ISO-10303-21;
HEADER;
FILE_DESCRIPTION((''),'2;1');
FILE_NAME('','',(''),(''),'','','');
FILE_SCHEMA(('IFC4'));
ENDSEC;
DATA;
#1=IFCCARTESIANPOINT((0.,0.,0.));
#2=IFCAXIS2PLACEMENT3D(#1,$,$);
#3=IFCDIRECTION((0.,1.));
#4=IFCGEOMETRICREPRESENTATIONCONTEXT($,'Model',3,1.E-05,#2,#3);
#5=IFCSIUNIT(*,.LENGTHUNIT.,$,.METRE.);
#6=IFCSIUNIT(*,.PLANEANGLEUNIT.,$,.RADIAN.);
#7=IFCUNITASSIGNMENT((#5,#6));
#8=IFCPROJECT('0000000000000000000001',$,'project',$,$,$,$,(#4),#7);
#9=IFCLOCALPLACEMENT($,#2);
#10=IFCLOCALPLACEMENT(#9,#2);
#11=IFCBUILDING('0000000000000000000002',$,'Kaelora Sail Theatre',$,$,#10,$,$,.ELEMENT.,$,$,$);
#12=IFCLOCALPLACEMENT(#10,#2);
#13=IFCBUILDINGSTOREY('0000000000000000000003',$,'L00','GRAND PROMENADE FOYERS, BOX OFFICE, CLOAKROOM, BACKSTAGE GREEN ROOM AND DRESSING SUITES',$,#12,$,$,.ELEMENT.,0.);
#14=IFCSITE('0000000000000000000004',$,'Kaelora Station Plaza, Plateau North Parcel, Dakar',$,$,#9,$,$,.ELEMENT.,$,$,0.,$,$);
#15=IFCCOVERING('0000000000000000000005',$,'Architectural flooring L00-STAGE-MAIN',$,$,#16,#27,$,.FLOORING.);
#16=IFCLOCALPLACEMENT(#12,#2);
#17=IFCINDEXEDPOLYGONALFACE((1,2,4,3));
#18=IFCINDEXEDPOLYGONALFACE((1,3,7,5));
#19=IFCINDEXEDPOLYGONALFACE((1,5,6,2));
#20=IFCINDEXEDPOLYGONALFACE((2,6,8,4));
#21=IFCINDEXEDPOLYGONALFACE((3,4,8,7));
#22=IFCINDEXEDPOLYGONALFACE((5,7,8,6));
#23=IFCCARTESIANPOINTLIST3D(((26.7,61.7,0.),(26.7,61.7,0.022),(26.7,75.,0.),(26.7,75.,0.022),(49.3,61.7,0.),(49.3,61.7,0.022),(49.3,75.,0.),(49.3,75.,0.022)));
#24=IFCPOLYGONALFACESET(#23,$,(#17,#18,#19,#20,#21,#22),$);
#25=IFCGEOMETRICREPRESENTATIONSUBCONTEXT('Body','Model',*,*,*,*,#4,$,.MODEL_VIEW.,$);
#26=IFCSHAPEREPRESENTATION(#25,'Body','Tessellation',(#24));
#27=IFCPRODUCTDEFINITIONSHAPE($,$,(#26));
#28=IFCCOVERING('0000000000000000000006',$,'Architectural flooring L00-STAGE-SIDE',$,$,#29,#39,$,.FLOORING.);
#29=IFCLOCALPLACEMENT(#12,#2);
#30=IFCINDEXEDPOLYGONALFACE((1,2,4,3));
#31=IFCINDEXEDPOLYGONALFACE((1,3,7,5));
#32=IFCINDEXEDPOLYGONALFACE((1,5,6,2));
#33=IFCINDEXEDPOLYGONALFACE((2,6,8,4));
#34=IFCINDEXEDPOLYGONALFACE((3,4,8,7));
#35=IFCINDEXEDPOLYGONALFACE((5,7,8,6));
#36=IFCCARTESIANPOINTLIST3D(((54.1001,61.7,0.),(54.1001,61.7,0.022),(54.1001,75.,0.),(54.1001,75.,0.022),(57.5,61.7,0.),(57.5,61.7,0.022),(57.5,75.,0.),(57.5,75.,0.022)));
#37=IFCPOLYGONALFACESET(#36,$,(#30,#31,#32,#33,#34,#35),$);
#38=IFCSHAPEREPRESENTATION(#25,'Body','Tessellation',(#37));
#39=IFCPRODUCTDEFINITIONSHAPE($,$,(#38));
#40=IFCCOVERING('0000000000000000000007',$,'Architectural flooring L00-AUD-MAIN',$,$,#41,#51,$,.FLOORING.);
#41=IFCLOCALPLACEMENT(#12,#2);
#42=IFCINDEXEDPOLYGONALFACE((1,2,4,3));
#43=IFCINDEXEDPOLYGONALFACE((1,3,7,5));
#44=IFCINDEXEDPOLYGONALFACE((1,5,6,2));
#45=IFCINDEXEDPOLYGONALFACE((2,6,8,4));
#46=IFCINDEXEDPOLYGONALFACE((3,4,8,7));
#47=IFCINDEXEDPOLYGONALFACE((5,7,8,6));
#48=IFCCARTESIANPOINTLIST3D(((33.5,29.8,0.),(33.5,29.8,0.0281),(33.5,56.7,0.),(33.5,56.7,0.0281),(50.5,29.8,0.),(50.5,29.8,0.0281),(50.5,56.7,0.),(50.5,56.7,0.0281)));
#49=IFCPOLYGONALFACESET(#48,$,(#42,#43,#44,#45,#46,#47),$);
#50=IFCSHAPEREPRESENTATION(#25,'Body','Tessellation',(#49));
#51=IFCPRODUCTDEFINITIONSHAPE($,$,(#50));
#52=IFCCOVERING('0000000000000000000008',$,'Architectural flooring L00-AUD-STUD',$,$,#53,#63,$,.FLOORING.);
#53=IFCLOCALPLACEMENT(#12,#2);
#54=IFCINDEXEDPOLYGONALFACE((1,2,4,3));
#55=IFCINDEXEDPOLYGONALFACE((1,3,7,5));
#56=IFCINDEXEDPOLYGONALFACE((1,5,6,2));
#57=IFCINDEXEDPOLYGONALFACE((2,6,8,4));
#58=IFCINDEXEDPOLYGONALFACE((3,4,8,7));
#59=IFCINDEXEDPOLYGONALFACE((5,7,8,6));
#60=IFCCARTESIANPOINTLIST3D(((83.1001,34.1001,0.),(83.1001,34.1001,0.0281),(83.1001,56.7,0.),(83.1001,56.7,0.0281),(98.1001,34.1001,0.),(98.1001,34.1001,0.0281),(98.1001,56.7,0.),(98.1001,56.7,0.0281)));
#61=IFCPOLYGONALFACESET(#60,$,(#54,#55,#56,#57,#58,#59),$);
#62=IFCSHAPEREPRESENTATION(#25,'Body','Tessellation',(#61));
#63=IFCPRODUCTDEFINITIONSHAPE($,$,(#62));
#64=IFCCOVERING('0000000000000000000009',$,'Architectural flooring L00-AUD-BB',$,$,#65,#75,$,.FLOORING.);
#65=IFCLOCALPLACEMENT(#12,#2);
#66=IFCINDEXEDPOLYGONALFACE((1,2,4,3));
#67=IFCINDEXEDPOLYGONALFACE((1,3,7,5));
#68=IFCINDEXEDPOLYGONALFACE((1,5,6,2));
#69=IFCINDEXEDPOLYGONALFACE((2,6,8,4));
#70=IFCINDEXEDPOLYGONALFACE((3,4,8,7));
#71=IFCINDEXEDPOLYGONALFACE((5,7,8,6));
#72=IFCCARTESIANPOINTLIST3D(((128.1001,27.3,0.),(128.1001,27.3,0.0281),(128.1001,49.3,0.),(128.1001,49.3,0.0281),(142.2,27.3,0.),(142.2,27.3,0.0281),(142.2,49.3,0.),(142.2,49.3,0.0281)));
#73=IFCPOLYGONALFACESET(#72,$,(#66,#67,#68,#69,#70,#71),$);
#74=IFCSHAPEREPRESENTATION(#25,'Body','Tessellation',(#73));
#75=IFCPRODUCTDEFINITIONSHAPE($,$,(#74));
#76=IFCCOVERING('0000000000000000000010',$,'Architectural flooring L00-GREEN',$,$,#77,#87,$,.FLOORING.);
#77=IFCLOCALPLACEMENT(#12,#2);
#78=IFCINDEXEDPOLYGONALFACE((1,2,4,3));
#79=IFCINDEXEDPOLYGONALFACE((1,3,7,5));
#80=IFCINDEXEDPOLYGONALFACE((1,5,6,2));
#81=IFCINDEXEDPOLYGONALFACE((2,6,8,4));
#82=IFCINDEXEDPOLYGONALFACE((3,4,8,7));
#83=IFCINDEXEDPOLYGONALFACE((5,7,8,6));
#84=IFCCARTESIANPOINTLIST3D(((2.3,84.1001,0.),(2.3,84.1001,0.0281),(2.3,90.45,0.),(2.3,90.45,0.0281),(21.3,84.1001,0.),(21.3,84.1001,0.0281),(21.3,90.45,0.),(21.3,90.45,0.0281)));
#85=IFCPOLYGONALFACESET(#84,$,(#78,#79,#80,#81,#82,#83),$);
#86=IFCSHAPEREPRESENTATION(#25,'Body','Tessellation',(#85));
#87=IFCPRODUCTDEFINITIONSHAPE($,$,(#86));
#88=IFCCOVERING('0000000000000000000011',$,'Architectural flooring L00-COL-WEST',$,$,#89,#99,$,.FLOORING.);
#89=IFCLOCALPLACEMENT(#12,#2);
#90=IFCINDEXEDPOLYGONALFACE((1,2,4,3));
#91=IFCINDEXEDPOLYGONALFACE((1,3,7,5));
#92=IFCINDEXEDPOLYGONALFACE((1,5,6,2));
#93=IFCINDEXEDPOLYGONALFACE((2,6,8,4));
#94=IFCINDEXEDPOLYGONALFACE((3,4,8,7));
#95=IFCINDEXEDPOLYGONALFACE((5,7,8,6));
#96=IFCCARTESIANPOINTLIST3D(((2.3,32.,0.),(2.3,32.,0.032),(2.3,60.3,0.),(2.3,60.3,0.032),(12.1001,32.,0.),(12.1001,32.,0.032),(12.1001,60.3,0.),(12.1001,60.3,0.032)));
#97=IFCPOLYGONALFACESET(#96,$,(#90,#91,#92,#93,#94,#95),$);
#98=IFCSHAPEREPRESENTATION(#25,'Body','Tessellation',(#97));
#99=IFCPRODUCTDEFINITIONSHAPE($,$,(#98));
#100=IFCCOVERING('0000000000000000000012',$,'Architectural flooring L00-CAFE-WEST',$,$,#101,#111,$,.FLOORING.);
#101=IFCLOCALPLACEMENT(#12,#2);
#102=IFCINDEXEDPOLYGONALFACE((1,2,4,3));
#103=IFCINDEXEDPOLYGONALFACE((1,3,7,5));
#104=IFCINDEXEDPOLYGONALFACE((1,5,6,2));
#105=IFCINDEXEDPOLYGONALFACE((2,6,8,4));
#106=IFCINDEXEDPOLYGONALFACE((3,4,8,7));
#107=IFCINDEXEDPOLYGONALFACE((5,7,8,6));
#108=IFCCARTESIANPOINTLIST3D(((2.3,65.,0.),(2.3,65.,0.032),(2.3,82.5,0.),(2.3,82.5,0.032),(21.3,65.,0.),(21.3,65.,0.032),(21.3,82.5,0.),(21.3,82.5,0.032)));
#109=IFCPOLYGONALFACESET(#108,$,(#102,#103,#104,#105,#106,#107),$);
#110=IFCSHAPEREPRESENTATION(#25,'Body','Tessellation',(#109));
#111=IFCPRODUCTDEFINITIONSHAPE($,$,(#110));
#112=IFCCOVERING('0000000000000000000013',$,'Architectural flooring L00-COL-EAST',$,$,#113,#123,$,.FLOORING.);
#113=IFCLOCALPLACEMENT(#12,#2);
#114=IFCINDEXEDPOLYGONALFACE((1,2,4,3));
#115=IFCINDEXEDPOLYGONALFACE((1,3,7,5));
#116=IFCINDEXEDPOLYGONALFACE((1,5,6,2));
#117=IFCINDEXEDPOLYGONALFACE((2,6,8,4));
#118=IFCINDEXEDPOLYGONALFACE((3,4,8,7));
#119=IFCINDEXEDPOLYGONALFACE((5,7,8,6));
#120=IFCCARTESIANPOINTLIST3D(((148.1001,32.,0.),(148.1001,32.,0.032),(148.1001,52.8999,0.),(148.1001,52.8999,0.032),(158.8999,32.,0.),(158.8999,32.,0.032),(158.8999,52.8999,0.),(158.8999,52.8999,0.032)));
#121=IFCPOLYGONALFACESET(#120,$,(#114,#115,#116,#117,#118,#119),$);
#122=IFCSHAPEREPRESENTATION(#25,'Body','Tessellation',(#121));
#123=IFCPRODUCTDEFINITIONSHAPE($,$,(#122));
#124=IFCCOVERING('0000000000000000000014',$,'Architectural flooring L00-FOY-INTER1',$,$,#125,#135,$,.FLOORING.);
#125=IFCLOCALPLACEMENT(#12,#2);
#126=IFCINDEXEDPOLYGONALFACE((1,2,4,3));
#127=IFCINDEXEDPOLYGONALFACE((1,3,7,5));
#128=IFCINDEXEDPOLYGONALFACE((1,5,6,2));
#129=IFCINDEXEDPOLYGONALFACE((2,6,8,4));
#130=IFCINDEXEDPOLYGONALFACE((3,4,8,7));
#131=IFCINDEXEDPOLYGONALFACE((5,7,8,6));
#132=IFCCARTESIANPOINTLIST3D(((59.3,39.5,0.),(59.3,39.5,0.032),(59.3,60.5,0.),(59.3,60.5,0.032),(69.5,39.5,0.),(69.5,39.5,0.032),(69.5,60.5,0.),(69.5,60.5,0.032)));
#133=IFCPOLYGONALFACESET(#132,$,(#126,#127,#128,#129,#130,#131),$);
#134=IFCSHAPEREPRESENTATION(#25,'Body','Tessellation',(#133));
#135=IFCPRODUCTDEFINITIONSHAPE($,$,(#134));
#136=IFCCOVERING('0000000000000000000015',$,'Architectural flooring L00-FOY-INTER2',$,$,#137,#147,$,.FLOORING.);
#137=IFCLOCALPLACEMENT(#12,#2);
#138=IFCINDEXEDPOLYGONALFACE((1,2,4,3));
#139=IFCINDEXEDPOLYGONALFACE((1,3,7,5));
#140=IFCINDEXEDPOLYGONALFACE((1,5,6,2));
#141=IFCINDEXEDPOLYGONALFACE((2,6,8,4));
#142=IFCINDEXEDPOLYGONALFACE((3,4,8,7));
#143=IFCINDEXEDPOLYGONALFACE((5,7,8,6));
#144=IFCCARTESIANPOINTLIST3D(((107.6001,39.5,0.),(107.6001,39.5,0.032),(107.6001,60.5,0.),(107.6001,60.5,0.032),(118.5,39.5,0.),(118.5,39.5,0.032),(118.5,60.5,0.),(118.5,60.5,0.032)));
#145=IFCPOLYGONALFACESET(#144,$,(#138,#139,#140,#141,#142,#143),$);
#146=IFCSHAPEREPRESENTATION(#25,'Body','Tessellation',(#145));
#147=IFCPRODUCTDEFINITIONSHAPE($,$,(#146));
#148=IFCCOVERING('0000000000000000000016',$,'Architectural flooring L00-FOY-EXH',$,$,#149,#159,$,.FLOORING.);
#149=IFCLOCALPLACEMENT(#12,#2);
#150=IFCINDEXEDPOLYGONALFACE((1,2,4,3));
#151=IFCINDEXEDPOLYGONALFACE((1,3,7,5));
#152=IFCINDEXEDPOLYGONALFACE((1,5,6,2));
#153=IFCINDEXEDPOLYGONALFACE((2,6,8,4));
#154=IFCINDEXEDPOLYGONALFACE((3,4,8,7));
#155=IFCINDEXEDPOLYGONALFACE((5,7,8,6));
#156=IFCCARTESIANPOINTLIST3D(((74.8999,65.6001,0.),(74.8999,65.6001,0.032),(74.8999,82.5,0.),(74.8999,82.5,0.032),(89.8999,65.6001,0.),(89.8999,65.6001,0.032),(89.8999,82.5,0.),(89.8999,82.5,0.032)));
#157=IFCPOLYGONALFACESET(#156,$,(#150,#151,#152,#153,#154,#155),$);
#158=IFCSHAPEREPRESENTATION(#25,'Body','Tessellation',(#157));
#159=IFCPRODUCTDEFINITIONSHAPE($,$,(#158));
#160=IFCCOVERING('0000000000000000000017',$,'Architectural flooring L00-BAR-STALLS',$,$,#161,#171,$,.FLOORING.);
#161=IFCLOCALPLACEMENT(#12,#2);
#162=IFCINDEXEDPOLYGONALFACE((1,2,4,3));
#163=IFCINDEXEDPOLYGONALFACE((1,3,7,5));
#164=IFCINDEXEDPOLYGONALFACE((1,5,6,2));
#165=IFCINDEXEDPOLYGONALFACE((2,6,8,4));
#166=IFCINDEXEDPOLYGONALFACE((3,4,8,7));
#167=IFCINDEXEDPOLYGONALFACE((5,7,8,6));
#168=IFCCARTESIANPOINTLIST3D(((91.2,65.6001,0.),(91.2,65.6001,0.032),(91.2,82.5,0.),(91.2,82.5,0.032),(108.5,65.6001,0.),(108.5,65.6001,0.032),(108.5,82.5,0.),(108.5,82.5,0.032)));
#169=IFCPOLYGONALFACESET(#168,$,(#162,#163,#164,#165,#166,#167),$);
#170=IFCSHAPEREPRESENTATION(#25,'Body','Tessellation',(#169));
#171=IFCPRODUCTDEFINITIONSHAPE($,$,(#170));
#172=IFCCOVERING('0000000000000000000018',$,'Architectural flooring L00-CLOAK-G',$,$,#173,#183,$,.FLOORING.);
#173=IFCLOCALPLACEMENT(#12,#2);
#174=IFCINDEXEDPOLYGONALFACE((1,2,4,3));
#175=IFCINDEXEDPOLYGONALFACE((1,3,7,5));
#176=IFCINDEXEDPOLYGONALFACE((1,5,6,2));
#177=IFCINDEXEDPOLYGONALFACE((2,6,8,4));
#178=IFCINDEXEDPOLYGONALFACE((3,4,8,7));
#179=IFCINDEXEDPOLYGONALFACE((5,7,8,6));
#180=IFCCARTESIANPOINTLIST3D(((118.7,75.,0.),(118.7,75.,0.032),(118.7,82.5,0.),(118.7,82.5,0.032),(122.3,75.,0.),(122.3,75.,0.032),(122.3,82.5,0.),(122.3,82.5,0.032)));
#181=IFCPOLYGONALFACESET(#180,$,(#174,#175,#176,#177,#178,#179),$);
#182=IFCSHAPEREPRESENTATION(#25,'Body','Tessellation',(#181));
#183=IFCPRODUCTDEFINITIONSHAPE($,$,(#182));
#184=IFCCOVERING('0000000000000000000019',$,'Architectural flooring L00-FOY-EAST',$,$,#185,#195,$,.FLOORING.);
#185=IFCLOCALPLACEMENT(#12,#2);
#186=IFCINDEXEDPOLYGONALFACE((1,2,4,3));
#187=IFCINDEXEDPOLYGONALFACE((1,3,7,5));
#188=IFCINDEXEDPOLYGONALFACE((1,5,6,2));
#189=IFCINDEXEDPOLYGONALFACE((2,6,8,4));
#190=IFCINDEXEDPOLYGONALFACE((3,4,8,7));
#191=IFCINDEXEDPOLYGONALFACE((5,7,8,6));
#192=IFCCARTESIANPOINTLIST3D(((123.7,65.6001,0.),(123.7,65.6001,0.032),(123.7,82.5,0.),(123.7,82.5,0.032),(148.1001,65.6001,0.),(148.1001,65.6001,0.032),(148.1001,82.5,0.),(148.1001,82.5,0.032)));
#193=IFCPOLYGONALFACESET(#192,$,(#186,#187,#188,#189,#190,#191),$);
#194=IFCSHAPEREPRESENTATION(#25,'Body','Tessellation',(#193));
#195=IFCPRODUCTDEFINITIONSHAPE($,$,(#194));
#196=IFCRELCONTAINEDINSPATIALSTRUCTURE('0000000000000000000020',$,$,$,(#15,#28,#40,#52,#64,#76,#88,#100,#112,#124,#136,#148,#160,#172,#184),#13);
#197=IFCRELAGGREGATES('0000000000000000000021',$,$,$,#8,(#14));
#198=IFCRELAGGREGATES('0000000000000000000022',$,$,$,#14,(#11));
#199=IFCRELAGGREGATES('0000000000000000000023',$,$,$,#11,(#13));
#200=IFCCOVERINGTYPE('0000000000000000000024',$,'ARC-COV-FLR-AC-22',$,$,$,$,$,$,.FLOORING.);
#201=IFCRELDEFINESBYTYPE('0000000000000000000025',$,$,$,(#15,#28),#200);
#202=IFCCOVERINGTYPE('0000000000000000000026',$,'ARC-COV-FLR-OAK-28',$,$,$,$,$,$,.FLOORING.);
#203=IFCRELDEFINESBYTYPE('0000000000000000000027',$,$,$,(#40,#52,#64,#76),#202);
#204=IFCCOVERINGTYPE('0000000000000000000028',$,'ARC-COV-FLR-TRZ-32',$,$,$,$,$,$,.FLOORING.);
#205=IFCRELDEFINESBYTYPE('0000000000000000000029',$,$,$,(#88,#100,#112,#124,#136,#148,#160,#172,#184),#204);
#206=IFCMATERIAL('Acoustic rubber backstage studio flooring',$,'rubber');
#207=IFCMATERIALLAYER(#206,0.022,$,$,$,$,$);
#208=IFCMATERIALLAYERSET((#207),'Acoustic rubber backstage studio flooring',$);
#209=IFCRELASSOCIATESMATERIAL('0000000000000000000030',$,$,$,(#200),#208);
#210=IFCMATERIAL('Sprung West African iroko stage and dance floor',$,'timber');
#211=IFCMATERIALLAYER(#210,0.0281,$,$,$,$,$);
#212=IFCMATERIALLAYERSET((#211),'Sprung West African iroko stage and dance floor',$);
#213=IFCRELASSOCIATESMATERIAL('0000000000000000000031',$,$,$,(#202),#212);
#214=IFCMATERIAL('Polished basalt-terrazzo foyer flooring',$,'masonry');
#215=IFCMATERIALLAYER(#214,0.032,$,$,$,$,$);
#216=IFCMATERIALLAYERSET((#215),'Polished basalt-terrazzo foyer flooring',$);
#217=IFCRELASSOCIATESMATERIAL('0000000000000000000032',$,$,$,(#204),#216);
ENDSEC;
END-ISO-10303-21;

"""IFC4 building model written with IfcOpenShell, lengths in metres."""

from ifc_helpers import new_model, si_unit, direction, origin, place, context, subcontext, project, spatial, polyline, outline, extrude, material, layer, layer_set, type_object, element, save


model = new_model("IFC4")

# Units and contexts
model_context = context("Model", 3, precision=1e-05, world=origin(), true_north=direction((0.0, 1.0)))
body_context = subcontext(model_context, "Body", "Model", "MODEL_VIEW")
ifc_project = project(units=[si_unit("LENGTHUNIT", "METRE"), si_unit("PLANEANGLEUNIT", "RADIAN")], contexts=[model_context])

# Site, building, storey
site_placement = place(None, origin())
site = spatial("IfcSite", under=ifc_project, at=site_placement, Name="Kaelora Station Plaza, Plateau North Parcel, Dakar", CompositionType="ELEMENT", RefElevation=0.0)
building_placement = place(site_placement, origin())
building = spatial("IfcBuilding", under=site, at=building_placement, Name="Kaelora Sail Theatre", CompositionType="ELEMENT")
storey_placement = place(building_placement, origin())
storey = spatial("IfcBuildingStorey", under=building, at=storey_placement, Name="L00", Description="GRAND PROMENADE FOYERS, BOX OFFICE, CLOAKROOM, BACKSTAGE GREEN ROOM AND DRESSING SUITES", CompositionType="ELEMENT", Elevation=0.0)

# Coverings
ifc_material_1 = material(Name="Acoustic rubber backstage studio flooring", Category="rubber")
ifc_layer_1 = layer(ifc_material_1, 0.022)
ifc_layer_set_1 = layer_set([ifc_layer_1], Name="Acoustic rubber backstage studio flooring")
covering_type_1 = type_object("IfcCoveringType", Name="ARC-COV-FLR-AC-22", PredefinedType="FLOORING", material=ifc_layer_set_1)
covering_1_placement = place(storey_placement, origin())
element("IfcCovering", 1, at=covering_1_placement, inside=storey, type_object=covering_type_1, Name="Architectural flooring L00-STAGE-MAIN", PredefinedType="FLOORING", context=body_context, shape_type="SweptSolid", body=[
    extrude(outline(polyline([(26.7, 61.7), (49.3, 61.7), (49.3, 75.0), (26.7, 75.0), (26.7, 61.7)])), origin(), (0.0, 0.0, 1.0), 0.022),
])
covering_2_placement = place(storey_placement, origin())
element("IfcCovering", 2, at=covering_2_placement, inside=storey, type_object=covering_type_1, Name="Architectural flooring L00-STAGE-SIDE", PredefinedType="FLOORING", context=body_context, shape_type="SweptSolid", body=[
    extrude(outline(polyline([(54.1001, 61.7), (57.5, 61.7), (57.5, 75.0), (54.1001, 75.0), (54.1001, 61.7)])), origin(), (0.0, 0.0, 1.0), 0.022),
])
ifc_material_2 = material(Name="Sprung West African iroko stage and dance floor", Category="timber")
ifc_layer_2 = layer(ifc_material_2, 0.0281)
ifc_layer_set_2 = layer_set([ifc_layer_2], Name="Sprung West African iroko stage and dance floor")
covering_type_2 = type_object("IfcCoveringType", Name="ARC-COV-FLR-OAK-28", PredefinedType="FLOORING", material=ifc_layer_set_2)
covering_3_placement = place(storey_placement, origin())
element("IfcCovering", 3, at=covering_3_placement, inside=storey, type_object=covering_type_2, Name="Architectural flooring L00-AUD-MAIN", PredefinedType="FLOORING", context=body_context, shape_type="SweptSolid", body=[
    extrude(outline(polyline([(33.5, 29.8), (50.5, 29.8), (50.5, 56.7), (33.5, 56.7), (33.5, 29.8)])), origin(), (0.0, 0.0, 1.0), 0.0281),
])
covering_4_placement = place(storey_placement, origin())
element("IfcCovering", 4, at=covering_4_placement, inside=storey, type_object=covering_type_2, Name="Architectural flooring L00-AUD-STUD", PredefinedType="FLOORING", context=body_context, shape_type="SweptSolid", body=[
    extrude(outline(polyline([(83.1001, 34.1001), (98.1001, 34.1001), (98.1001, 56.7), (83.1001, 56.7), (83.1001, 34.1001)])), origin(), (0.0, 0.0, 1.0), 0.0281),
])
covering_5_placement = place(storey_placement, origin())
element("IfcCovering", 5, at=covering_5_placement, inside=storey, type_object=covering_type_2, Name="Architectural flooring L00-AUD-BB", PredefinedType="FLOORING", context=body_context, shape_type="SweptSolid", body=[
    extrude(outline(polyline([(128.1001, 27.3), (142.2, 27.3), (142.2, 49.3), (128.1001, 49.3), (128.1001, 27.3)])), origin(), (0.0, 0.0, 1.0), 0.0281),
])
covering_6_placement = place(storey_placement, origin())
element("IfcCovering", 6, at=covering_6_placement, inside=storey, type_object=covering_type_2, Name="Architectural flooring L00-GREEN", PredefinedType="FLOORING", context=body_context, shape_type="SweptSolid", body=[
    extrude(outline(polyline([(2.3, 84.1001), (21.3, 84.1001), (21.3, 90.45), (2.3, 90.45), (2.3, 84.1001)])), origin(), (0.0, 0.0, 1.0), 0.0281),
])
ifc_material_3 = material(Name="Polished basalt-terrazzo foyer flooring", Category="masonry")
ifc_layer_3 = layer(ifc_material_3, 0.032)
ifc_layer_set_3 = layer_set([ifc_layer_3], Name="Polished basalt-terrazzo foyer flooring")
covering_type_3 = type_object("IfcCoveringType", Name="ARC-COV-FLR-TRZ-32", PredefinedType="FLOORING", material=ifc_layer_set_3)
covering_7_placement = place(storey_placement, origin())
element("IfcCovering", 7, at=covering_7_placement, inside=storey, type_object=covering_type_3, Name="Architectural flooring L00-COL-WEST", PredefinedType="FLOORING", context=body_context, shape_type="SweptSolid", body=[
    extrude(outline(polyline([(2.3, 32.0), (12.1001, 32.0), (12.1001, 60.3), (2.3, 60.3), (2.3, 32.0)])), origin(), (0.0, 0.0, 1.0), 0.032),
])
covering_8_placement = place(storey_placement, origin())
element("IfcCovering", 8, at=covering_8_placement, inside=storey, type_object=covering_type_3, Name="Architectural flooring L00-CAFE-WEST", PredefinedType="FLOORING", context=body_context, shape_type="SweptSolid", body=[
    extrude(outline(polyline([(2.3, 65.0), (21.3, 65.0), (21.3, 82.5), (2.3, 82.5), (2.3, 65.0)])), origin(), (0.0, 0.0, 1.0), 0.032),
])
covering_9_placement = place(storey_placement, origin())
element("IfcCovering", 9, at=covering_9_placement, inside=storey, type_object=covering_type_3, Name="Architectural flooring L00-COL-EAST", PredefinedType="FLOORING", context=body_context, shape_type="SweptSolid", body=[
    extrude(outline(polyline([(148.1001, 32.0), (158.8999, 32.0), (158.8999, 52.8999), (148.1001, 52.8999), (148.1001, 32.0)])), origin(), (0.0, 0.0, 1.0), 0.032),
])
covering_10_placement = place(storey_placement, origin())
element("IfcCovering", 10, at=covering_10_placement, inside=storey, type_object=covering_type_3, Name="Architectural flooring L00-FOY-INTER1", PredefinedType="FLOORING", context=body_context, shape_type="SweptSolid", body=[
    extrude(outline(polyline([(59.3, 39.5), (69.5, 39.5), (69.5, 60.5), (59.3, 60.5), (59.3, 39.5)])), origin(), (0.0, 0.0, 1.0), 0.032),
])
covering_11_placement = place(storey_placement, origin())
element("IfcCovering", 11, at=covering_11_placement, inside=storey, type_object=covering_type_3, Name="Architectural flooring L00-FOY-INTER2", PredefinedType="FLOORING", context=body_context, shape_type="SweptSolid", body=[
    extrude(outline(polyline([(107.6001, 39.5), (118.5, 39.5), (118.5, 60.5), (107.6001, 60.5), (107.6001, 39.5)])), origin(), (0.0, 0.0, 1.0), 0.032),
])
covering_12_placement = place(storey_placement, origin())
element("IfcCovering", 12, at=covering_12_placement, inside=storey, type_object=covering_type_3, Name="Architectural flooring L00-FOY-EXH", PredefinedType="FLOORING", context=body_context, shape_type="SweptSolid", body=[
    extrude(outline(polyline([(74.8999, 65.6001), (89.8999, 65.6001), (89.8999, 82.5), (74.8999, 82.5), (74.8999, 65.6001)])), origin(), (0.0, 0.0, 1.0), 0.032),
])
covering_13_placement = place(storey_placement, origin())
element("IfcCovering", 13, at=covering_13_placement, inside=storey, type_object=covering_type_3, Name="Architectural flooring L00-BAR-STALLS", PredefinedType="FLOORING", context=body_context, shape_type="SweptSolid", body=[
    extrude(outline(polyline([(91.2, 65.6001), (108.5, 65.6001), (108.5, 82.5), (91.2, 82.5), (91.2, 65.6001)])), origin(), (0.0, 0.0, 1.0), 0.032),
])
covering_14_placement = place(storey_placement, origin())
element("IfcCovering", 14, at=covering_14_placement, inside=storey, type_object=covering_type_3, Name="Architectural flooring L00-CLOAK-G", PredefinedType="FLOORING", context=body_context, shape_type="SweptSolid", body=[
    extrude(outline(polyline([(118.7, 75.0), (122.3, 75.0), (122.3, 82.5), (118.7, 82.5), (118.7, 75.0)])), origin(), (0.0, 0.0, 1.0), 0.032),
])
covering_15_placement = place(storey_placement, origin())
element("IfcCovering", 15, at=covering_15_placement, inside=storey, type_object=covering_type_3, Name="Architectural flooring L00-FOY-EAST", PredefinedType="FLOORING", context=body_context, shape_type="SweptSolid", body=[
    extrude(outline(polyline([(123.7, 65.6001), (148.1001, 65.6001), (148.1001, 82.5), (123.7, 82.5), (123.7, 65.6001)])), origin(), (0.0, 0.0, 1.0), 0.032),
])

save(model, "model.ifc")
